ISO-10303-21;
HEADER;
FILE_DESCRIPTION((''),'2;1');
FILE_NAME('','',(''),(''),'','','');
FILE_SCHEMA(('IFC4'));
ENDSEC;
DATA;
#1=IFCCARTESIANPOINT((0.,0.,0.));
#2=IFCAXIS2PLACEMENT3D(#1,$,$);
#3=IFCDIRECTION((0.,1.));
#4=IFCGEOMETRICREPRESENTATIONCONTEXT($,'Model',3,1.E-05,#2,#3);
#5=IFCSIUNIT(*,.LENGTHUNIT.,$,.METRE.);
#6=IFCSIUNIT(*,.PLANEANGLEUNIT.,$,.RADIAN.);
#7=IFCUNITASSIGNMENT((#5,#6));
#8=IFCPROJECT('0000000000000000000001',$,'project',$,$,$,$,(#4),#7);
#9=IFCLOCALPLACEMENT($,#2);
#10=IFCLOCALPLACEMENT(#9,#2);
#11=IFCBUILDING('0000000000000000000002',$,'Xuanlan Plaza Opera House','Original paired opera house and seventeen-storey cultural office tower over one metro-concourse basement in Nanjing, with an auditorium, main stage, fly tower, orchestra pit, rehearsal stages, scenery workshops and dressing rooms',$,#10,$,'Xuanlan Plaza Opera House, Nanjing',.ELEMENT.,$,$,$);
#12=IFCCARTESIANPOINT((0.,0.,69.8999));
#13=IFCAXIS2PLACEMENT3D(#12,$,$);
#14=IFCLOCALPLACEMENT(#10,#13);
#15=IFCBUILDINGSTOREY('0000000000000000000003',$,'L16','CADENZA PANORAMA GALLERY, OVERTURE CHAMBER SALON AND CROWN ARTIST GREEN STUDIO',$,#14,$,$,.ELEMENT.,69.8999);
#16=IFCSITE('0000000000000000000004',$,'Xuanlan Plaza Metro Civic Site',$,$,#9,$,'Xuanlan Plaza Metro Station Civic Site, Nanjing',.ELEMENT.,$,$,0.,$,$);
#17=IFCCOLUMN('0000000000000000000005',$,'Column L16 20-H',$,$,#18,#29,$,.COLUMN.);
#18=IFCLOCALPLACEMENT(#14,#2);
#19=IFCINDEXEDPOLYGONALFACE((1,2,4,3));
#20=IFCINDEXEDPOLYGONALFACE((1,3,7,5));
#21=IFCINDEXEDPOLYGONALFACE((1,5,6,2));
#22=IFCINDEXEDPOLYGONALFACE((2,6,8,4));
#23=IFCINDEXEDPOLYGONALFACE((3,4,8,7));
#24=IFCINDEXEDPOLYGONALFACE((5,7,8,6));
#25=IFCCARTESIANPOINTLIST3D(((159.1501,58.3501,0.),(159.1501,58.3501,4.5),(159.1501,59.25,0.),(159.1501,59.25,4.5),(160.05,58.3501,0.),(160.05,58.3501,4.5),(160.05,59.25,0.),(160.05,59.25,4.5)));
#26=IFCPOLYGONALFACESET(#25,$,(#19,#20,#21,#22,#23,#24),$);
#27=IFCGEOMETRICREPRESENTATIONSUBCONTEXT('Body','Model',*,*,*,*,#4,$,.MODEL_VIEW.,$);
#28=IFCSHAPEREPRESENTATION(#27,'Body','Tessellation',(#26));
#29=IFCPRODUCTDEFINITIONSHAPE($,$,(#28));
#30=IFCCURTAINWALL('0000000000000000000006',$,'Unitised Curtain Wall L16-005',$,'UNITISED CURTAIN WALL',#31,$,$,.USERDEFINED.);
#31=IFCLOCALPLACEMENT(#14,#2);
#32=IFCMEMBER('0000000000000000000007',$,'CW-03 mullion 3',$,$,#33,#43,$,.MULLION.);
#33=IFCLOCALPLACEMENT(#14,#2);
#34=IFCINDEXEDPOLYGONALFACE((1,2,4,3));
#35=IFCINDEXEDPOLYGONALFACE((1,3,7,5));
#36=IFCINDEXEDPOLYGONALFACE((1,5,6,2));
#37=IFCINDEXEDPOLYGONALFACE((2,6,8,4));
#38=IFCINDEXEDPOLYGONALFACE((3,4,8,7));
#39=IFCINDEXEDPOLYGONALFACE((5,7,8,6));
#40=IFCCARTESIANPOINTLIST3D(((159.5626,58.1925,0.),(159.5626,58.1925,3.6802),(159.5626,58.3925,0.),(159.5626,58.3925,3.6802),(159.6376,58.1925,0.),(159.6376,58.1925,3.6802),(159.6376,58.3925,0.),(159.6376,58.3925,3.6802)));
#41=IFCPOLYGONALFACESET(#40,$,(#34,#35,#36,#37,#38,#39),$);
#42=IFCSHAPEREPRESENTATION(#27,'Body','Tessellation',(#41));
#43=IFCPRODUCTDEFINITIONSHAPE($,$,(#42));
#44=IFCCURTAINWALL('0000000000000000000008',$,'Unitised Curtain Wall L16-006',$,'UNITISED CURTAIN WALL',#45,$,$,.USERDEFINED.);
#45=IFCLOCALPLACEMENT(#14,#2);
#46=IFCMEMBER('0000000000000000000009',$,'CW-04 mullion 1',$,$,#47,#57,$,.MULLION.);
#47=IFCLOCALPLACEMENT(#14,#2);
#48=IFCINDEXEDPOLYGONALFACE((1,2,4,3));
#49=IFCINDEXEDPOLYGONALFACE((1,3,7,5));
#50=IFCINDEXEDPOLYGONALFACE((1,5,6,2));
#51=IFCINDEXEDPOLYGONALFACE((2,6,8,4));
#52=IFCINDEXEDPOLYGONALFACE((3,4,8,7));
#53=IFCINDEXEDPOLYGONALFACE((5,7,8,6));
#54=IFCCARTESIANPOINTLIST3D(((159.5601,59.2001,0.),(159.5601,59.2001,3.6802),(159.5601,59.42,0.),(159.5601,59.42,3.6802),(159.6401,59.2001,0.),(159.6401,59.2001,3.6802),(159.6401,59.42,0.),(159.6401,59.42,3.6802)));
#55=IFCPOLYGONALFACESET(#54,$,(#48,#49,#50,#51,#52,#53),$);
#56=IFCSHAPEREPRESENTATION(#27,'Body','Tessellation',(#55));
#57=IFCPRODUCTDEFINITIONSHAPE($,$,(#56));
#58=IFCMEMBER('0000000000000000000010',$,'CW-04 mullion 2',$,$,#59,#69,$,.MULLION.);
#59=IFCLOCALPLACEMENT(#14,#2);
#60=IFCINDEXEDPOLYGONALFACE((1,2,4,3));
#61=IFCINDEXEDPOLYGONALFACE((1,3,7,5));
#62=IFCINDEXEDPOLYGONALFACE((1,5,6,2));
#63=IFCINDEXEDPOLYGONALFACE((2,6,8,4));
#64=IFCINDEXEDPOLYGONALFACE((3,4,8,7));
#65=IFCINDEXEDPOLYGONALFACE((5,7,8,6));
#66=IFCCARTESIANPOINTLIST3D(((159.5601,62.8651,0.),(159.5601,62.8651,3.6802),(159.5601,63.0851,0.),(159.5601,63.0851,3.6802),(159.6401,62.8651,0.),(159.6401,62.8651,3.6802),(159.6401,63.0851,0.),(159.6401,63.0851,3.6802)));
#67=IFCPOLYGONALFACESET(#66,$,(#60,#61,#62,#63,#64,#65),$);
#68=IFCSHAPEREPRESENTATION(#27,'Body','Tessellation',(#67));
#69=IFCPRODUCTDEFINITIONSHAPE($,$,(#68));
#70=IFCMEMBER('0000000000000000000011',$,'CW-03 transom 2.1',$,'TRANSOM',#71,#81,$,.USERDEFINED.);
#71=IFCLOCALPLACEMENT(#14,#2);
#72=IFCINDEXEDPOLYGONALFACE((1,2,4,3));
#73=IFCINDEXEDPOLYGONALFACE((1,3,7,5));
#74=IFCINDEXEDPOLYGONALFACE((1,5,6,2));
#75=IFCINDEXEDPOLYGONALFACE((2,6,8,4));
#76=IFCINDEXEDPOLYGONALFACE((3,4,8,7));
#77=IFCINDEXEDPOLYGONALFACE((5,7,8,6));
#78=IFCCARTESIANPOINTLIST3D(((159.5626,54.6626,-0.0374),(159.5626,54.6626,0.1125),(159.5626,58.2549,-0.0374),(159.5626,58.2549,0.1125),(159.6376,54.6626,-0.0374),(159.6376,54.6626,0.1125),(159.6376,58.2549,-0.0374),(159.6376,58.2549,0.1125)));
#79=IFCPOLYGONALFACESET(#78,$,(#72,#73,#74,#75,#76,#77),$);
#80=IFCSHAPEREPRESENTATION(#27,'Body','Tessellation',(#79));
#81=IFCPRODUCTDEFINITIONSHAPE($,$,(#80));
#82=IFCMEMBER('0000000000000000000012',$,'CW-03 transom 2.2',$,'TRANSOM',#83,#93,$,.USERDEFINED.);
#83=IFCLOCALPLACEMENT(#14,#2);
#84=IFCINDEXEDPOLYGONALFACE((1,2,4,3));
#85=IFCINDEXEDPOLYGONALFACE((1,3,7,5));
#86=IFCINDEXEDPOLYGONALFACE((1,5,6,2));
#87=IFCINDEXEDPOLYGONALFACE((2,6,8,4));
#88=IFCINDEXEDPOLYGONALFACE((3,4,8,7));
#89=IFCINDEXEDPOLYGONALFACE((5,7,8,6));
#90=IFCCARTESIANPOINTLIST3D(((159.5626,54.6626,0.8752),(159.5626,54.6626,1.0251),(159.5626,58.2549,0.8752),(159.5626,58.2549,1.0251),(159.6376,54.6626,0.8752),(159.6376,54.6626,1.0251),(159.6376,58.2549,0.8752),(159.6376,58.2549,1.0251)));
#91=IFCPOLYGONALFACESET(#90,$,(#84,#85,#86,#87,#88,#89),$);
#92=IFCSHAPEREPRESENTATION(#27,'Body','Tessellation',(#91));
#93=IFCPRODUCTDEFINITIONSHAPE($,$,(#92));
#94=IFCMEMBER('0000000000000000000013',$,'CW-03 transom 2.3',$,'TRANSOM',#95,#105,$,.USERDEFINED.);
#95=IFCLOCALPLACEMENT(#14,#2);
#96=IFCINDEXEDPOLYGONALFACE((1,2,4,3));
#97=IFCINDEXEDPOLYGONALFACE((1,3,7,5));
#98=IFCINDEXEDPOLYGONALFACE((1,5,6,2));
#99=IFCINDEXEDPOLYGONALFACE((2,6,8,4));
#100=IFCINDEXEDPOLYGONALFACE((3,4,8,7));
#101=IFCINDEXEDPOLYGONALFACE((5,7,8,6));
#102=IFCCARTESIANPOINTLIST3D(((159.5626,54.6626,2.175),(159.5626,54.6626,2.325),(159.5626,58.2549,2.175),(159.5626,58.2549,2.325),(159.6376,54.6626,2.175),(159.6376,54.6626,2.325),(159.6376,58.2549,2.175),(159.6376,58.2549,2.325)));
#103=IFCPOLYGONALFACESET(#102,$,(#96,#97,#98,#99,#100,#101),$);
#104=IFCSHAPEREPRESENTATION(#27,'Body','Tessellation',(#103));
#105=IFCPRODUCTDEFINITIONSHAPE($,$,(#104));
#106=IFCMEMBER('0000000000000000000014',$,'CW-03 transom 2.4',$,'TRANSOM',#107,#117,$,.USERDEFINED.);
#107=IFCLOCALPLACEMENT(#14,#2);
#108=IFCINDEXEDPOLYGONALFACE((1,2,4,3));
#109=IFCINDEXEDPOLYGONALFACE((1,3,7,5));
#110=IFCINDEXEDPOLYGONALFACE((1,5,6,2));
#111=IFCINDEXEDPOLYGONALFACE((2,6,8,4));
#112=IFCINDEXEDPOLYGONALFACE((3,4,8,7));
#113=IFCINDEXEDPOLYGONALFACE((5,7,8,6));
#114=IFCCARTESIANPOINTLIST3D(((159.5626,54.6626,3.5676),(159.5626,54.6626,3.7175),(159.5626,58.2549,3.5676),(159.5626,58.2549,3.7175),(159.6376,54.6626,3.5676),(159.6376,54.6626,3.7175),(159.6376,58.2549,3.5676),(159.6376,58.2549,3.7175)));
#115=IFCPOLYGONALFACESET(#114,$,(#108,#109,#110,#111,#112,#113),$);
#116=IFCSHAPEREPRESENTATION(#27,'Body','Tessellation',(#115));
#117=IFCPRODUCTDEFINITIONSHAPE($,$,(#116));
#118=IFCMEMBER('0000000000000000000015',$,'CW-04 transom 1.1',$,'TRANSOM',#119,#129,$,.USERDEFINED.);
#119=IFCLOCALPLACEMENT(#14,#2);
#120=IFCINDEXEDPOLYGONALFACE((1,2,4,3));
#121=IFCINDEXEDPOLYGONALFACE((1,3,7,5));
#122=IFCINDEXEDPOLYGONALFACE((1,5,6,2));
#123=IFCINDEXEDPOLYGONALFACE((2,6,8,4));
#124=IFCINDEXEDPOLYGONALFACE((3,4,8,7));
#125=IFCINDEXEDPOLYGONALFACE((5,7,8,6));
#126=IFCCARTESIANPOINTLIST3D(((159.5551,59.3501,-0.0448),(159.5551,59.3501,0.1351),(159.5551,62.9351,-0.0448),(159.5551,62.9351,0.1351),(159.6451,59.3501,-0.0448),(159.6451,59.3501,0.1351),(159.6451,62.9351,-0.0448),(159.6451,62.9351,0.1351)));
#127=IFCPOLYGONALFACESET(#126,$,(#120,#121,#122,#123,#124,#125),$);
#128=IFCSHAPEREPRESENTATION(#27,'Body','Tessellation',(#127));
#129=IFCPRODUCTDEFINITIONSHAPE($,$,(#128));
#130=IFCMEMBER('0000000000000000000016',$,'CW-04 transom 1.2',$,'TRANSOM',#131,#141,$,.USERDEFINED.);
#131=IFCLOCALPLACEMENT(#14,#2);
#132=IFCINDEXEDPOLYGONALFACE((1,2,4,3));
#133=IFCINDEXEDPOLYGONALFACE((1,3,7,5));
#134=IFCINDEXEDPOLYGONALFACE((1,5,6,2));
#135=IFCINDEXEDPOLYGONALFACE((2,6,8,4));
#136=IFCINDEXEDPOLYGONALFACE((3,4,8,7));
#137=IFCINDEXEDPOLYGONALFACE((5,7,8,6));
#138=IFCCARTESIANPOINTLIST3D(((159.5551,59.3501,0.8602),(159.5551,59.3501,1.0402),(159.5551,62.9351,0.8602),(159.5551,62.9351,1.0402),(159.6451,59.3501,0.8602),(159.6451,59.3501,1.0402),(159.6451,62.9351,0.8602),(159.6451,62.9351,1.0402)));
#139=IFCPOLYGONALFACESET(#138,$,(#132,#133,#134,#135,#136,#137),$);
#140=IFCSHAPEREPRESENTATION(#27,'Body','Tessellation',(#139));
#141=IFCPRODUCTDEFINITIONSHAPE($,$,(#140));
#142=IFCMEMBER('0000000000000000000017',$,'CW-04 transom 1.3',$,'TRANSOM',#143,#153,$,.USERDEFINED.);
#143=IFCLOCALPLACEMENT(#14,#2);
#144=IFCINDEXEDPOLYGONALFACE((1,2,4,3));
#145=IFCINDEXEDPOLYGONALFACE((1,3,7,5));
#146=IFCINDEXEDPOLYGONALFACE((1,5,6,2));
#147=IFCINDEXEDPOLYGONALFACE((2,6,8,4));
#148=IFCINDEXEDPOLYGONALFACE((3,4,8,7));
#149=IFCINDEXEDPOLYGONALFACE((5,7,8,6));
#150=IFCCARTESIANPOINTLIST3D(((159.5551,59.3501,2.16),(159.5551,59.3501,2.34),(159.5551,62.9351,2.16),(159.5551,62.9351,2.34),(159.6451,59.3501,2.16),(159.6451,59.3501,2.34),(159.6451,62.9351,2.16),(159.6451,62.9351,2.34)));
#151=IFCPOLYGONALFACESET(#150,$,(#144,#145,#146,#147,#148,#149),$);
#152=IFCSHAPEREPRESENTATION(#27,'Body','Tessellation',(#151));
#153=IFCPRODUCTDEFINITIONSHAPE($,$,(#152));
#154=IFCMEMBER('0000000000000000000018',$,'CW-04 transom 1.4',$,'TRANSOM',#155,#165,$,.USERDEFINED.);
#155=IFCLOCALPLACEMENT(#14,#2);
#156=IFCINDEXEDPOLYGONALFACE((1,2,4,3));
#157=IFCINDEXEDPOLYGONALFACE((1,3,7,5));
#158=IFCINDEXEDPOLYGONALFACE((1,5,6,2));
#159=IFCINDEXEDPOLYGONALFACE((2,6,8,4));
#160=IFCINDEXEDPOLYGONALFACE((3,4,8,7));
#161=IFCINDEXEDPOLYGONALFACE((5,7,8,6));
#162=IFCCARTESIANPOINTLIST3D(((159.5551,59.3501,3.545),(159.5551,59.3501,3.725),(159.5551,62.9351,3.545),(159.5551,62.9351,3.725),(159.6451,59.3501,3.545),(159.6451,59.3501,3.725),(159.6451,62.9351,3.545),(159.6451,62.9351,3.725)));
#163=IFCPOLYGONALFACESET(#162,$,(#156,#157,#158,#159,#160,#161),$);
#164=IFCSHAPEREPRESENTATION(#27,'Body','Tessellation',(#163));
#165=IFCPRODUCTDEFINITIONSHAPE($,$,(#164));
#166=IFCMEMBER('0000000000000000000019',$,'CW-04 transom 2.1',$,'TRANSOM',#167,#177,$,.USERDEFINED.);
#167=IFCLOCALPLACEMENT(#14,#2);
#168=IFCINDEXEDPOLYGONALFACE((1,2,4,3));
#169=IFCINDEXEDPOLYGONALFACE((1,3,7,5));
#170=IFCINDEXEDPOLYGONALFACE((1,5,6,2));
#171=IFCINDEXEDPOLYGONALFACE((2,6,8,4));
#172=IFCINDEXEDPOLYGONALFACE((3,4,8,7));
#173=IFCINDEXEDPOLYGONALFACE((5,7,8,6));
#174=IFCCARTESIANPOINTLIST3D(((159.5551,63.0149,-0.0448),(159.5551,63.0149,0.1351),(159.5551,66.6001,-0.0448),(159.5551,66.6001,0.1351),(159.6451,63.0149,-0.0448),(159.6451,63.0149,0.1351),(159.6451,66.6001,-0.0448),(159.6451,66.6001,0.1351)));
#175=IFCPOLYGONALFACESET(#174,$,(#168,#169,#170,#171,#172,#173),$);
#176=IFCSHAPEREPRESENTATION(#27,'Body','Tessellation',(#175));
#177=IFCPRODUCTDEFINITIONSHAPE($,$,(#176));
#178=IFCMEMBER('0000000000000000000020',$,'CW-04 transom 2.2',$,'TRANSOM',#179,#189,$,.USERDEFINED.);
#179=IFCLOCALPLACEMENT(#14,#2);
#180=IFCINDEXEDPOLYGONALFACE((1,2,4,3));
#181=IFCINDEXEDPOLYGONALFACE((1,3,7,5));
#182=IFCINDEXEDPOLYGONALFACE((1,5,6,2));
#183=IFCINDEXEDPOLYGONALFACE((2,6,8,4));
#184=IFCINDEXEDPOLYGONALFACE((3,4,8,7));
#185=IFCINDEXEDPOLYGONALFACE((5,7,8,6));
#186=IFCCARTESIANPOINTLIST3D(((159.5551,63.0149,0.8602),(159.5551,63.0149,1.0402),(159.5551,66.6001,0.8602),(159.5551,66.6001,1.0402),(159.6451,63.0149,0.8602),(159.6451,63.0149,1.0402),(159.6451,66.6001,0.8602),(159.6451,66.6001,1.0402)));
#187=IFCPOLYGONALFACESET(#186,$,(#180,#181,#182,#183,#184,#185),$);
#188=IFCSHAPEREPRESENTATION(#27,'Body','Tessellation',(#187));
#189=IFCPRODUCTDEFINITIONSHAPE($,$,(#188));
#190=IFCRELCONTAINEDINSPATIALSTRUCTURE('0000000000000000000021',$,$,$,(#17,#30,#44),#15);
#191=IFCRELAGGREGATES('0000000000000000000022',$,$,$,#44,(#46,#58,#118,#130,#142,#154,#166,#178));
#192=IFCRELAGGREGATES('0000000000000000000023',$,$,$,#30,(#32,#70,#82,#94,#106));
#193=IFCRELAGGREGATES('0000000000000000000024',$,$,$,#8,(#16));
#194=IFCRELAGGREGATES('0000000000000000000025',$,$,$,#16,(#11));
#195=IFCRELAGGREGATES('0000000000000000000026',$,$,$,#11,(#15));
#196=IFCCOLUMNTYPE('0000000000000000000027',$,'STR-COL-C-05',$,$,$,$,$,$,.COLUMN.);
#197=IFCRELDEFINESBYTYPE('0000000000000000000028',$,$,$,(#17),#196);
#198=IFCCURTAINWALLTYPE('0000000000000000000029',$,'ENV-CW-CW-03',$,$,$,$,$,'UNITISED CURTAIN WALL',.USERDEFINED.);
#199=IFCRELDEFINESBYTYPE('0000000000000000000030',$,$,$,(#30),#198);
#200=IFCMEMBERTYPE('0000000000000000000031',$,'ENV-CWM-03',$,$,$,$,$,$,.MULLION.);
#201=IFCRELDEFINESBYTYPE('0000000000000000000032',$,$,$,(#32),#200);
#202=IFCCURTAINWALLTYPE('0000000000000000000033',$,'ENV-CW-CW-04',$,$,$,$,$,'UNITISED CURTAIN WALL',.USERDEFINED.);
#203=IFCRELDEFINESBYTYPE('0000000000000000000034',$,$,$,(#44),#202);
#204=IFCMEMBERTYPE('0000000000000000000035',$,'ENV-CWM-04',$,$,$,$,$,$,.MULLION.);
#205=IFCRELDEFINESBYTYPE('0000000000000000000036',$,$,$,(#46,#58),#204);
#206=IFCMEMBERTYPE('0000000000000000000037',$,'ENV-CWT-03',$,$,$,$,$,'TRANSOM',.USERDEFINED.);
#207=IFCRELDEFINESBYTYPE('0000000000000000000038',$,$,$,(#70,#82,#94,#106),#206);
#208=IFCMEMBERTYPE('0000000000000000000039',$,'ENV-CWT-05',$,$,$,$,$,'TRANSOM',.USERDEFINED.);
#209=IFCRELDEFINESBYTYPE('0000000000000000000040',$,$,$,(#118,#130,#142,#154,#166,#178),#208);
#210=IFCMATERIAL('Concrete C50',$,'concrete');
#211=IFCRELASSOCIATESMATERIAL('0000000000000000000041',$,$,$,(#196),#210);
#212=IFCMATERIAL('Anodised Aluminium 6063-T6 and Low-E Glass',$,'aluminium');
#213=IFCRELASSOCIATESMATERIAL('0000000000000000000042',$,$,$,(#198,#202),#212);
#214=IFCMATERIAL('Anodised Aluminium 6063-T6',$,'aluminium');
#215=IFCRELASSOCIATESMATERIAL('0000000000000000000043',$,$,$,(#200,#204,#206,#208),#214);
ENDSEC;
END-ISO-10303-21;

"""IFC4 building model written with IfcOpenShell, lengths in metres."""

from ifc_helpers import new_model, si_unit, direction, frame, origin, origin_2d, place, context, subcontext, project, spatial, rectangle, extrude, material, material_profile, profile_set, type_object, element, aggregate, save


model = new_model("IFC4")

# Units and contexts
model_context = context("Model", 3, precision=1e-05, world=origin(), true_north=direction((0.0, 1.0)))
body_context = subcontext(model_context, "Body", "Model", "MODEL_VIEW")
ifc_project = project(units=[si_unit("LENGTHUNIT", "METRE"), si_unit("PLANEANGLEUNIT", "RADIAN")], contexts=[model_context])

# Site, building, storey
site_placement = place(None, origin())
site = spatial("IfcSite", under=ifc_project, at=site_placement, Name="Xuanlan Plaza Metro Civic Site", LongName="Xuanlan Plaza Metro Station Civic Site, Nanjing", CompositionType="ELEMENT", RefElevation=0.0)
building_placement = place(site_placement, origin())
building = spatial("IfcBuilding", under=site, at=building_placement, Name="Xuanlan Plaza Opera House", Description="Original paired opera house and seventeen-storey cultural office tower over one metro-concourse basement in Nanjing, with an auditorium, main stage, fly tower, orchestra pit, rehearsal stages, scenery workshops and dressing rooms", LongName="Xuanlan Plaza Opera House, Nanjing", CompositionType="ELEMENT")
storey_placement = place(building_placement, frame((0.0, 0.0, 69.8999)))
storey = spatial("IfcBuildingStorey", under=building, at=storey_placement, Name="L16", Description="CADENZA PANORAMA GALLERY, OVERTURE CHAMBER SALON AND CROWN ARTIST GREEN STUDIO", CompositionType="ELEMENT", Elevation=69.8999)

# Column
ifc_material_1 = material(Name="Concrete C50", Category="concrete")
ifc_material_profile_1 = material_profile(ifc_material_1, rectangle(XDim=0.8999, YDim=0.8999, at=origin_2d()), Name="RC-COL 900x900")
ifc_profile_set_1 = profile_set([ifc_material_profile_1], Name="Concrete C50")
column_type = type_object("IfcColumnType", Name="STR-COL-C-05", PredefinedType="COLUMN", material=ifc_profile_set_1)
column_placement = place(storey_placement, frame((159.6001, 58.8, 0.0), z_axis=(0.0, 0.0, 1.0), x_axis=(1.0, 0.0, 0.0)))
element("IfcColumn", 1, at=column_placement, inside=storey, type_object=column_type, Name="Column L16 20-H", PredefinedType="COLUMN", context=body_context, shape_type="SweptSolid", body=[
    extrude(rectangle(XDim=0.8999, YDim=0.8999, at=origin_2d()), origin(), (0.0, 0.0, 1.0), 4.5),
])

# Curtain wall, member
ifc_material_2 = material(Name="Anodised Aluminium 6063-T6 and Low-E Glass", Category="aluminium")
curtain_wall_type_1 = type_object("IfcCurtainWallType", Name="ENV-CW-CW-03", ElementType="UNITISED CURTAIN WALL", PredefinedType="USERDEFINED", material=ifc_material_2)
curtain_wall_1_placement = place(storey_placement, origin())
curtain_wall_1 = element("IfcCurtainWall", 2, at=curtain_wall_1_placement, inside=storey, type_object=curtain_wall_type_1, Name="Unitised Curtain Wall L16-005", ObjectType="UNITISED CURTAIN WALL", PredefinedType="USERDEFINED")
ifc_material_3 = material(Name="Anodised Aluminium 6063-T6", Category="aluminium")
ifc_material_profile_2 = material_profile(ifc_material_3, rectangle(XDim=0.075, YDim=0.2, at=origin_2d()), Name="ALU-M 75x200")
ifc_profile_set_2 = profile_set([ifc_material_profile_2], Name="Anodised Aluminium 6063-T6")
member_type_1 = type_object("IfcMemberType", Name="ENV-CWM-03", PredefinedType="MULLION", material=ifc_profile_set_2)
member_1_placement = place(storey_placement, frame((159.6001, 58.2925, 0.0), z_axis=(0.0, 0.0, 1.0), x_axis=(-1.0, 0.0, 0.0)))
member_1 = element("IfcMember", 3, at=member_1_placement, type_object=member_type_1, Name="CW-03 mullion 3", PredefinedType="MULLION", context=body_context, shape_type="SweptSolid", body=[
    extrude(rectangle(XDim=0.075, YDim=0.2, at=origin_2d()), origin(), (0.0, 0.0, 1.0), 3.6802),
])

# Curtain wall, members
curtain_wall_type_2 = type_object("IfcCurtainWallType", Name="ENV-CW-CW-04", ElementType="UNITISED CURTAIN WALL", PredefinedType="USERDEFINED", material=ifc_material_2)
curtain_wall_2_placement = place(storey_placement, origin())
curtain_wall_2 = element("IfcCurtainWall", 4, at=curtain_wall_2_placement, inside=storey, type_object=curtain_wall_type_2, Name="Unitised Curtain Wall L16-006", ObjectType="UNITISED CURTAIN WALL", PredefinedType="USERDEFINED")
ifc_material_profile_3 = material_profile(ifc_material_3, rectangle(XDim=0.0801, YDim=0.22, at=origin_2d()), Name="ALU-M 80x220")
ifc_profile_set_3 = profile_set([ifc_material_profile_3], Name="Anodised Aluminium 6063-T6")
member_type_2 = type_object("IfcMemberType", Name="ENV-CWM-04", PredefinedType="MULLION", material=ifc_profile_set_3)
member_2_placement = place(storey_placement, frame((159.6001, 59.3101, 0.0), z_axis=(0.0, 0.0, 1.0), x_axis=(-1.0, 0.0, 0.0)))
member_2 = element("IfcMember", 5, at=member_2_placement, type_object=member_type_2, Name="CW-04 mullion 1", PredefinedType="MULLION", context=body_context, shape_type="SweptSolid", body=[
    extrude(rectangle(XDim=0.0801, YDim=0.22, at=origin_2d()), origin(), (0.0, 0.0, 1.0), 3.6802),
])
member_3_placement = place(storey_placement, frame((159.6001, 62.9751, 0.0), z_axis=(0.0, 0.0, 1.0), x_axis=(-1.0, 0.0, 0.0)))
member_3 = element("IfcMember", 6, at=member_3_placement, type_object=member_type_2, Name="CW-04 mullion 2", PredefinedType="MULLION", context=body_context, shape_type="SweptSolid", body=[
    extrude(rectangle(XDim=0.0801, YDim=0.22, at=origin_2d()), origin(), (0.0, 0.0, 1.0), 3.6802),
])

# Members
ifc_material_profile_4 = material_profile(ifc_material_3, rectangle(XDim=0.075, YDim=0.1499, at=origin_2d()), Name="ALU-T 75x150")
ifc_profile_set_4 = profile_set([ifc_material_profile_4], Name="Anodised Aluminium 6063-T6")
member_type_3 = type_object("IfcMemberType", Name="ENV-CWT-03", ElementType="TRANSOM", PredefinedType="USERDEFINED", material=ifc_profile_set_4)
member_4_placement = place(storey_placement, frame((159.6001, 54.6626, 0.0376), z_axis=(0.0, 1.0, 0.0), x_axis=(-1.0, 0.0, 0.0)))
member_4 = element("IfcMember", 7, at=member_4_placement, type_object=member_type_3, Name="CW-03 transom 2.1", ObjectType="TRANSOM", PredefinedType="USERDEFINED", context=body_context, shape_type="SweptSolid", body=[
    extrude(rectangle(XDim=0.075, YDim=0.1499, at=origin_2d()), origin(), (0.0, 0.0, 1.0), 3.5923),
])
member_5_placement = place(storey_placement, frame((159.6001, 54.6626, 0.9502), z_axis=(0.0, 1.0, 0.0), x_axis=(-1.0, 0.0, 0.0)))
member_5 = element("IfcMember", 8, at=member_5_placement, type_object=member_type_3, Name="CW-03 transom 2.2", ObjectType="TRANSOM", PredefinedType="USERDEFINED", context=body_context, shape_type="SweptSolid", body=[
    extrude(rectangle(XDim=0.075, YDim=0.1499, at=origin_2d()), origin(), (0.0, 0.0, 1.0), 3.5923),
])
member_6_placement = place(storey_placement, frame((159.6001, 54.6626, 2.25), z_axis=(0.0, 1.0, 0.0), x_axis=(-1.0, 0.0, 0.0)))
member_6 = element("IfcMember", 9, at=member_6_placement, type_object=member_type_3, Name="CW-03 transom 2.3", ObjectType="TRANSOM", PredefinedType="USERDEFINED", context=body_context, shape_type="SweptSolid", body=[
    extrude(rectangle(XDim=0.075, YDim=0.1499, at=origin_2d()), origin(), (0.0, 0.0, 1.0), 3.5923),
])
member_7_placement = place(storey_placement, frame((159.6001, 54.6626, 3.6426), z_axis=(0.0, 1.0, 0.0), x_axis=(-1.0, 0.0, 0.0)))
member_7 = element("IfcMember", 10, at=member_7_placement, type_object=member_type_3, Name="CW-03 transom 2.4", ObjectType="TRANSOM", PredefinedType="USERDEFINED", context=body_context, shape_type="SweptSolid", body=[
    extrude(rectangle(XDim=0.075, YDim=0.1499, at=origin_2d()), origin(), (0.0, 0.0, 1.0), 3.5923),
])
ifc_material_profile_5 = material_profile(ifc_material_3, rectangle(XDim=0.0901, YDim=0.1799, at=origin_2d()), Name="ALU-T 90x180")
ifc_profile_set_5 = profile_set([ifc_material_profile_5], Name="Anodised Aluminium 6063-T6")
member_type_4 = type_object("IfcMemberType", Name="ENV-CWT-05", ElementType="TRANSOM", PredefinedType="USERDEFINED", material=ifc_profile_set_5)
member_8_placement = place(storey_placement, frame((159.6001, 59.3501, 0.0452), z_axis=(0.0, 1.0, 0.0), x_axis=(-1.0, 0.0, 0.0)))
member_8 = element("IfcMember", 11, at=member_8_placement, type_object=member_type_4, Name="CW-04 transom 1.1", ObjectType="TRANSOM", PredefinedType="USERDEFINED", context=body_context, shape_type="SweptSolid", body=[
    extrude(rectangle(XDim=0.0901, YDim=0.1799, at=origin_2d()), origin(), (0.0, 0.0, 1.0), 3.585),
])
member_9_placement = place(storey_placement, frame((159.6001, 59.3501, 0.9502), z_axis=(0.0, 1.0, 0.0), x_axis=(-1.0, 0.0, 0.0)))
member_9 = element("IfcMember", 12, at=member_9_placement, type_object=member_type_4, Name="CW-04 transom 1.2", ObjectType="TRANSOM", PredefinedType="USERDEFINED", context=body_context, shape_type="SweptSolid", body=[
    extrude(rectangle(XDim=0.0901, YDim=0.1799, at=origin_2d()), origin(), (0.0, 0.0, 1.0), 3.585),
])
member_10_placement = place(storey_placement, frame((159.6001, 59.3501, 2.25), z_axis=(0.0, 1.0, 0.0), x_axis=(-1.0, 0.0, 0.0)))
member_10 = element("IfcMember", 13, at=member_10_placement, type_object=member_type_4, Name="CW-04 transom 1.3", ObjectType="TRANSOM", PredefinedType="USERDEFINED", context=body_context, shape_type="SweptSolid", body=[
    extrude(rectangle(XDim=0.0901, YDim=0.1799, at=origin_2d()), origin(), (0.0, 0.0, 1.0), 3.585),
])
member_11_placement = place(storey_placement, frame((159.6001, 59.3501, 3.635), z_axis=(0.0, 1.0, 0.0), x_axis=(-1.0, 0.0, 0.0)))
member_11 = element("IfcMember", 14, at=member_11_placement, type_object=member_type_4, Name="CW-04 transom 1.4", ObjectType="TRANSOM", PredefinedType="USERDEFINED", context=body_context, shape_type="SweptSolid", body=[
    extrude(rectangle(XDim=0.0901, YDim=0.1799, at=origin_2d()), origin(), (0.0, 0.0, 1.0), 3.585),
])
member_12_placement = place(storey_placement, frame((159.6001, 63.0149, 0.0452), z_axis=(0.0, 1.0, 0.0), x_axis=(-1.0, 0.0, 0.0)))
member_12 = element("IfcMember", 15, at=member_12_placement, type_object=member_type_4, Name="CW-04 transom 2.1", ObjectType="TRANSOM", PredefinedType="USERDEFINED", context=body_context, shape_type="SweptSolid", body=[
    extrude(rectangle(XDim=0.0901, YDim=0.1799, at=origin_2d()), origin(), (0.0, 0.0, 1.0), 3.5852),
])
member_13_placement = place(storey_placement, frame((159.6001, 63.0149, 0.9502), z_axis=(0.0, 1.0, 0.0), x_axis=(-1.0, 0.0, 0.0)))
member_13 = element("IfcMember", 16, at=member_13_placement, type_object=member_type_4, Name="CW-04 transom 2.2", ObjectType="TRANSOM", PredefinedType="USERDEFINED", context=body_context, shape_type="SweptSolid", body=[
    extrude(rectangle(XDim=0.0901, YDim=0.1799, at=origin_2d()), origin(), (0.0, 0.0, 1.0), 3.5852),
])

aggregate(curtain_wall_2, [member_2, member_3, member_8, member_9, member_10, member_11, member_12, member_13])
aggregate(curtain_wall_1, [member_1, member_4, member_5, member_6, member_7])

save(model, "model.ifc")
